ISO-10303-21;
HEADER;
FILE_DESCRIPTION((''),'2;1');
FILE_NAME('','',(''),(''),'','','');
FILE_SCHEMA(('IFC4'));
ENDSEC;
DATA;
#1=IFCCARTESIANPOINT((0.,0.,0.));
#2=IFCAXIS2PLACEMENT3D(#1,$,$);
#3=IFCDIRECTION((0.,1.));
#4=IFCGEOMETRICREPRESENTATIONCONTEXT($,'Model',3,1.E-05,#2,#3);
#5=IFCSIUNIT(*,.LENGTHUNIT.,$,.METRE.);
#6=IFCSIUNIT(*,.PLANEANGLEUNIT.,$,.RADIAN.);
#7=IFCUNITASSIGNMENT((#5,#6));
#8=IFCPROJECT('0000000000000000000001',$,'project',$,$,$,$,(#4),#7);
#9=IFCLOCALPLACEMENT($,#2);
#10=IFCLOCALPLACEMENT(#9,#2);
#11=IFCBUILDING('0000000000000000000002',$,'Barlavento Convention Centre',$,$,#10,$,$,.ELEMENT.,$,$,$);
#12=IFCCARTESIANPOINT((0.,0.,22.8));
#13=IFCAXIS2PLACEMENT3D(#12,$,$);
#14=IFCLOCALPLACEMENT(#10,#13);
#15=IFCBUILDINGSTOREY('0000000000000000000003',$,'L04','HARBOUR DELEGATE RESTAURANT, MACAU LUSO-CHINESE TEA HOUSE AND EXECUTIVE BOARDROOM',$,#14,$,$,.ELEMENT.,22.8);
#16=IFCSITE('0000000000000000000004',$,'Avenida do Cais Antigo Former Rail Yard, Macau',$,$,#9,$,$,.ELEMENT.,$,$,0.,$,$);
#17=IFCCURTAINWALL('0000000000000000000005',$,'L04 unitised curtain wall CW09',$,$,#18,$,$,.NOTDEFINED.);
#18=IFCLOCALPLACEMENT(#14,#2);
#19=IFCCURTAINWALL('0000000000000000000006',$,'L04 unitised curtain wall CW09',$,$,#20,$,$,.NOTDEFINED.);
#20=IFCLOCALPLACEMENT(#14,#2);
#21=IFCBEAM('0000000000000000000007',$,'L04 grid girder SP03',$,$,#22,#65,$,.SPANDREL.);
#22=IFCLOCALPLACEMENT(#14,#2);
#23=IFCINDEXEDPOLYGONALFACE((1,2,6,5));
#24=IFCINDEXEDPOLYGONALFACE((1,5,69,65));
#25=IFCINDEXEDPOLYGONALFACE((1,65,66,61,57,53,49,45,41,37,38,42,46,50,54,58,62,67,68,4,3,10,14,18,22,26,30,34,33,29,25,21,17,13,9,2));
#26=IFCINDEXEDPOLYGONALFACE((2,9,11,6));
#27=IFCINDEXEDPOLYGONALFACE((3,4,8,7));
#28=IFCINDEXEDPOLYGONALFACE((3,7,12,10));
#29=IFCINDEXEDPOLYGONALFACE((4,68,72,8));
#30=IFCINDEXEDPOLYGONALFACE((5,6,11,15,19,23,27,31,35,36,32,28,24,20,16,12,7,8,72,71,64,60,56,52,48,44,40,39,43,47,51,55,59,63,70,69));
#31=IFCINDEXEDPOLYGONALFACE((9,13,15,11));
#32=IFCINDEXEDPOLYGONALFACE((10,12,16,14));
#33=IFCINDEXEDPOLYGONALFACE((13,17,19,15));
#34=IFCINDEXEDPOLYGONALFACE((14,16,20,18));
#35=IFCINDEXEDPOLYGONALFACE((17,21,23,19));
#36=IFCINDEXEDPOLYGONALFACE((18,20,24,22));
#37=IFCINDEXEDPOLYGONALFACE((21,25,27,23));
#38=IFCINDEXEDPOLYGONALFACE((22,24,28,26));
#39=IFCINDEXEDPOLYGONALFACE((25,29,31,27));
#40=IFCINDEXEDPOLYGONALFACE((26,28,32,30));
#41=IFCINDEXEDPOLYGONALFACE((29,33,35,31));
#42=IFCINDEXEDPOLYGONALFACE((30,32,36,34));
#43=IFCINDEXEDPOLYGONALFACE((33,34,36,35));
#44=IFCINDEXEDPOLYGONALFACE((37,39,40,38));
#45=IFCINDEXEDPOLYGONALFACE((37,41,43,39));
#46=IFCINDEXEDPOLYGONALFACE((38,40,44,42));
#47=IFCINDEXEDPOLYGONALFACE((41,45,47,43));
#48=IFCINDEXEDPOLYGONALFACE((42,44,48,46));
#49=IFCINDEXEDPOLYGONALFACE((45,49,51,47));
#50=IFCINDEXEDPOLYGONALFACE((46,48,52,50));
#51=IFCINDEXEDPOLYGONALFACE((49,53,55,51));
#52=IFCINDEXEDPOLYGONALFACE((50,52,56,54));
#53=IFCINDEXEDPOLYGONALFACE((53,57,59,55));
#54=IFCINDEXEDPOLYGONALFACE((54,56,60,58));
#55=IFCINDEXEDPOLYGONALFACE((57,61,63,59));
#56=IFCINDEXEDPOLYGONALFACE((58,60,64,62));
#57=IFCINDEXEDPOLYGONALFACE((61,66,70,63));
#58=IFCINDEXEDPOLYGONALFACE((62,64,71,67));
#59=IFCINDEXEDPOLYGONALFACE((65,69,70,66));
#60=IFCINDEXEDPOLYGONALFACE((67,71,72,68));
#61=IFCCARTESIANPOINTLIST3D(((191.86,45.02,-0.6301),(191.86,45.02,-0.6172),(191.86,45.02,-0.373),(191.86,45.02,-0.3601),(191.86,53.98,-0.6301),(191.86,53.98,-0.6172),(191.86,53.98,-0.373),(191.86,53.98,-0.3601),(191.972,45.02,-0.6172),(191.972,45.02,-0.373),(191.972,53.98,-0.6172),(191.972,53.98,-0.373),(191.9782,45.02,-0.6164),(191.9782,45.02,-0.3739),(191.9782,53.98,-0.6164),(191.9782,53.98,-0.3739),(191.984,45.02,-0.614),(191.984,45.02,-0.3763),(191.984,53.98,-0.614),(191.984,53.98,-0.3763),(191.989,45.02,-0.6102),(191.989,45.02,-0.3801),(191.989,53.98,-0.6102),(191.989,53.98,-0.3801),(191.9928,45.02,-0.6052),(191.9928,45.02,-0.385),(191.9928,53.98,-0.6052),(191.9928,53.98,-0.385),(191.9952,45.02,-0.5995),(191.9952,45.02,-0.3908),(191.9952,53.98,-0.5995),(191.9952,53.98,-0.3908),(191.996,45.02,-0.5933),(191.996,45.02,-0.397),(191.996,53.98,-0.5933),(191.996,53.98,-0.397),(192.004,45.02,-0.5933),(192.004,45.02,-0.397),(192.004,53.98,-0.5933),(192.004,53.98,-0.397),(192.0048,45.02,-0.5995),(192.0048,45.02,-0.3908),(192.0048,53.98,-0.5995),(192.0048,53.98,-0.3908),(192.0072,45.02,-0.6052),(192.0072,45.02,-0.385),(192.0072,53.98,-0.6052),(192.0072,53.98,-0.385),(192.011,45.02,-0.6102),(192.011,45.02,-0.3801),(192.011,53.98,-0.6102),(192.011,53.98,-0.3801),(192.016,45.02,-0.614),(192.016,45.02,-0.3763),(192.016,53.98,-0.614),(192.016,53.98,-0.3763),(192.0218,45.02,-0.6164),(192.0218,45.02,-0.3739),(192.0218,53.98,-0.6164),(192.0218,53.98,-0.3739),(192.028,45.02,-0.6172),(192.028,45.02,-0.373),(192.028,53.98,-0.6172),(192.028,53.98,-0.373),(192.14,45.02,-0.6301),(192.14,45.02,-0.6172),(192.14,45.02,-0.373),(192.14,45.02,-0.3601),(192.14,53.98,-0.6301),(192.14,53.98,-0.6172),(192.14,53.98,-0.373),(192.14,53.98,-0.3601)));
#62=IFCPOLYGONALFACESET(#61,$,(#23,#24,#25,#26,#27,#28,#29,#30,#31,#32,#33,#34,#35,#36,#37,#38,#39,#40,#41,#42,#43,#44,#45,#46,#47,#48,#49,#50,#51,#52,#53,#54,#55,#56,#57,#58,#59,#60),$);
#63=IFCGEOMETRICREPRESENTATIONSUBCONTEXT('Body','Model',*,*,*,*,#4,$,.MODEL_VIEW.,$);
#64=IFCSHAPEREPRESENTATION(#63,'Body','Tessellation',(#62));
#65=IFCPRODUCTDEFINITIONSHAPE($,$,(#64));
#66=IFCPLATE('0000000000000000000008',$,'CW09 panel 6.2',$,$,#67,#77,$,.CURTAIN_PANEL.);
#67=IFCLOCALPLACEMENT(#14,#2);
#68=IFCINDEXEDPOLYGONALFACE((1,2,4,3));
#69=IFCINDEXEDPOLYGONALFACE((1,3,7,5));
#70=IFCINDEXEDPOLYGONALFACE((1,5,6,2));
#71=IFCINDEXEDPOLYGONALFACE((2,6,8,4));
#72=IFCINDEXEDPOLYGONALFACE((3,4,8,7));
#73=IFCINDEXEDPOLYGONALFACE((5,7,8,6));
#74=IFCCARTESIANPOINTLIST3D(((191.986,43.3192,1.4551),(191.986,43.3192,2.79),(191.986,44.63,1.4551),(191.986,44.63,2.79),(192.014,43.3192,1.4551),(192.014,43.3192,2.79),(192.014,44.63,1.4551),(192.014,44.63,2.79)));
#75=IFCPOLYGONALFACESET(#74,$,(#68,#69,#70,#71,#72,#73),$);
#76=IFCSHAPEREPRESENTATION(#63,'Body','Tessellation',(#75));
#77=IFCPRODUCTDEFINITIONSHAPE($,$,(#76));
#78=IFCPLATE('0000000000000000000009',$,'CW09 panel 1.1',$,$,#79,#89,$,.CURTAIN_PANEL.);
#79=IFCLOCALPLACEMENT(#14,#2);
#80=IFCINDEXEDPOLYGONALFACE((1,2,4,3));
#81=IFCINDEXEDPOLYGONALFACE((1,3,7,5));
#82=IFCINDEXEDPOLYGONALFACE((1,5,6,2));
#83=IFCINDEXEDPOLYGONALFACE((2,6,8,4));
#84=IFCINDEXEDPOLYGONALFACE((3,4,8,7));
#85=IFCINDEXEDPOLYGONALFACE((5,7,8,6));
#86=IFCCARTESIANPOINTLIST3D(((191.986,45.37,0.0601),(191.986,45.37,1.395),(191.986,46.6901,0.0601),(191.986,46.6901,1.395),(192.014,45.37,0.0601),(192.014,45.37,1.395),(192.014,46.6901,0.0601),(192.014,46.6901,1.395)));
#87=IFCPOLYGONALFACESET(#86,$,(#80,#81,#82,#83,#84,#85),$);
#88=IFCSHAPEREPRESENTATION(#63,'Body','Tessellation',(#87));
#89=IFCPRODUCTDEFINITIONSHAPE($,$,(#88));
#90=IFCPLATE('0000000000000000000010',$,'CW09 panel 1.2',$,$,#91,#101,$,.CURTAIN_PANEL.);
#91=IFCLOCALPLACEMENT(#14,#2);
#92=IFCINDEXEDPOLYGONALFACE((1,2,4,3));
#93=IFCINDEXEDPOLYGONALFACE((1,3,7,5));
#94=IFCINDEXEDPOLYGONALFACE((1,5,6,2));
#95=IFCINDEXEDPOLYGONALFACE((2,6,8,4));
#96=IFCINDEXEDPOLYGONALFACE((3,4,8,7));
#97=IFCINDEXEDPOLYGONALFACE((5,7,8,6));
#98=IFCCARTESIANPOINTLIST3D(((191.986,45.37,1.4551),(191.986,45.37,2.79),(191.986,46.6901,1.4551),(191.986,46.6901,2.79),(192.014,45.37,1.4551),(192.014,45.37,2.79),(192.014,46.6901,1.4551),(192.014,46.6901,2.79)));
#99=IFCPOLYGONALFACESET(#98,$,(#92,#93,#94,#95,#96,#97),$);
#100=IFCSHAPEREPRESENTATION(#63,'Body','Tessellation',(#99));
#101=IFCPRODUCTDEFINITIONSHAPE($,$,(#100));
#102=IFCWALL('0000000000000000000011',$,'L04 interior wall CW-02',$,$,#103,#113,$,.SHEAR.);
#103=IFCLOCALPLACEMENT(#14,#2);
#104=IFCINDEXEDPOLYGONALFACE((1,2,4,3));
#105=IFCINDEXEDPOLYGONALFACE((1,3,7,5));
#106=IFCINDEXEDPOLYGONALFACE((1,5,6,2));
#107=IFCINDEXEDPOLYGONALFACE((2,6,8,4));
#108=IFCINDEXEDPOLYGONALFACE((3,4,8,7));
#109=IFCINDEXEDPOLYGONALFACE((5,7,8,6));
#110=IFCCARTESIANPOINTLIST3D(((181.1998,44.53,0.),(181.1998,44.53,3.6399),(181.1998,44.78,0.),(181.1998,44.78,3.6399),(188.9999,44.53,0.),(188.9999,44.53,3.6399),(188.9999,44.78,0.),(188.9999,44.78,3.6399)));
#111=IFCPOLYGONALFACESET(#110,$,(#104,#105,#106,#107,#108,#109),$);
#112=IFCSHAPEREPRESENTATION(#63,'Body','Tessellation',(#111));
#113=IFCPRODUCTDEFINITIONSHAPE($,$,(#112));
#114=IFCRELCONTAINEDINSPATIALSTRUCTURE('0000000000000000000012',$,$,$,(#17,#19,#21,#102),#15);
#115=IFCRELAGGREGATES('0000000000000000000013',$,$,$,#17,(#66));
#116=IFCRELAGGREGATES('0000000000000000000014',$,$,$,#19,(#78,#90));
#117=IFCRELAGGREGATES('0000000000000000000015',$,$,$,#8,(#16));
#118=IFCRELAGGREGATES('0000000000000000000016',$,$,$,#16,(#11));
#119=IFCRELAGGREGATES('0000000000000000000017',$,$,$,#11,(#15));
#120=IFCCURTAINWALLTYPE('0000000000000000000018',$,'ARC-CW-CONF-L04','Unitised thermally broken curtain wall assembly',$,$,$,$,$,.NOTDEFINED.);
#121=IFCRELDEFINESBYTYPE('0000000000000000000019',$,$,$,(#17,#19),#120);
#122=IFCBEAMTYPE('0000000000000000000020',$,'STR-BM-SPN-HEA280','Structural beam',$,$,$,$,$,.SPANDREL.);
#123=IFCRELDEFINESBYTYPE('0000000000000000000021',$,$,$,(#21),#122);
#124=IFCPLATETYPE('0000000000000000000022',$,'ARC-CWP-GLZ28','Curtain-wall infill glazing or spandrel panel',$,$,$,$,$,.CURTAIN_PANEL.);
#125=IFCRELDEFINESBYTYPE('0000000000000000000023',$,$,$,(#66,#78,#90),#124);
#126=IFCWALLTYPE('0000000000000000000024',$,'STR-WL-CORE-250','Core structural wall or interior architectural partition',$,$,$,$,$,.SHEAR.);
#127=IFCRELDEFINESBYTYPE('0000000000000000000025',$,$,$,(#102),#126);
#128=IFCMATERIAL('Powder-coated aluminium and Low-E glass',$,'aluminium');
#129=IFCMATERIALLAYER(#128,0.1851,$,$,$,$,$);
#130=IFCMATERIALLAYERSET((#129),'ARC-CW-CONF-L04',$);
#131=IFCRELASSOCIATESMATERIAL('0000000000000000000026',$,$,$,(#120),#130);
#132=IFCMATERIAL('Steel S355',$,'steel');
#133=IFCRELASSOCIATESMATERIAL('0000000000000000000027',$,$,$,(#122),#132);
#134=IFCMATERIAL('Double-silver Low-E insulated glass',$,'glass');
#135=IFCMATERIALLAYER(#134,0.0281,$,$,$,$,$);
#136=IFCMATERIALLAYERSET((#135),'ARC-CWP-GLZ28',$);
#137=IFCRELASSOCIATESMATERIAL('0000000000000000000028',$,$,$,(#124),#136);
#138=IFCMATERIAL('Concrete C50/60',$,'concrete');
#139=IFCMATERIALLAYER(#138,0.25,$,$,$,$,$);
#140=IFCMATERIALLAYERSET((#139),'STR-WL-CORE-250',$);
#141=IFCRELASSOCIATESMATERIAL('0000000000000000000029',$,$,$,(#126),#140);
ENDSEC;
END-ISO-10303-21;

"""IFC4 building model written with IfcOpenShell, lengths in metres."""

from ifc_helpers import new_model, si_unit, direction, frame, frame_2d, origin, origin_2d, place, context, subcontext, project, spatial, rectangle, i_section, extrude, material, layer, layer_set, material_profile, profile_set, type_object, element, aggregate, save


model = new_model("IFC4")

# Units and contexts
model_context = context("Model", 3, precision=1e-05, world=origin(), true_north=direction((0.0, 1.0)))
body_context = subcontext(model_context, "Body", "Model", "MODEL_VIEW")
ifc_project = project(units=[si_unit("LENGTHUNIT", "METRE"), si_unit("PLANEANGLEUNIT", "RADIAN")], contexts=[model_context])

# Site, building, storey
site_placement = place(None, origin())
site = spatial("IfcSite", under=ifc_project, at=site_placement, Name="Avenida do Cais Antigo Former Rail Yard, Macau", CompositionType="ELEMENT", RefElevation=0.0)
building_placement = place(site_placement, origin())
building = spatial("IfcBuilding", under=site, at=building_placement, Name="Barlavento Convention Centre", CompositionType="ELEMENT")
storey_placement = place(building_placement, frame((0.0, 0.0, 22.8)))
storey = spatial("IfcBuildingStorey", under=building, at=storey_placement, Name="L04", Description="HARBOUR DELEGATE RESTAURANT, MACAU LUSO-CHINESE TEA HOUSE AND EXECUTIVE BOARDROOM", CompositionType="ELEMENT", Elevation=22.8)

# Shared definitions
ifc_material_1 = material(Name="Steel S355", Category="steel")

# Curtain wall
ifc_material_2 = material(Name="Powder-coated aluminium and Low-E glass", Category="aluminium")
ifc_layer_1 = layer(ifc_material_2, 0.1851)
ifc_layer_set_1 = layer_set([ifc_layer_1], Name="ARC-CW-CONF-L04")
curtain_wall_type = type_object("IfcCurtainWallType", Name="ARC-CW-CONF-L04", Description="Unitised thermally broken curtain wall assembly", PredefinedType="NOTDEFINED", material=ifc_layer_set_1)
curtain_wall_1_placement = place(storey_placement, origin())
curtain_wall_1 = element("IfcCurtainWall", 1, at=curtain_wall_1_placement, inside=storey, type_object=curtain_wall_type, Name="L04 unitised curtain wall CW09", PredefinedType="NOTDEFINED")

# Curtain wall
curtain_wall_2_placement = place(storey_placement, origin())
curtain_wall_2 = element("IfcCurtainWall", 2, at=curtain_wall_2_placement, inside=storey, type_object=curtain_wall_type, Name="L04 unitised curtain wall CW09", PredefinedType="NOTDEFINED")

# Beam
ifc_material_profile_1 = material_profile(ifc_material_1, i_section(OverallWidth=0.28, OverallDepth=0.27, WebThickness=0.0081, FlangeThickness=0.0129, FilletRadius=0.0239, at=origin_2d()), Name="HEA 280")
ifc_profile_set_1 = profile_set([ifc_material_profile_1], Name="Steel S355")
beam_type_1 = type_object("IfcBeamType", Name="STR-BM-SPN-HEA280", Description="Structural beam", PredefinedType="SPANDREL", material=ifc_profile_set_1)
beam_1_placement = place(storey_placement, frame((192.0, 45.02, -0.4951), z_axis=(0.0, 1.0, 0.0), x_axis=(-1.0, 0.0, 0.0)))
element("IfcBeam", 3, at=beam_1_placement, inside=storey, type_object=beam_type_1, Name="L04 grid girder SP03", PredefinedType="SPANDREL", context=body_context, shape_type="SweptSolid", body=[
    extrude(i_section(OverallWidth=0.28, OverallDepth=0.27, WebThickness=0.0081, FlangeThickness=0.0129, FilletRadius=0.0239, at=origin_2d()), origin(), (0.0, 0.0, 1.0), 8.96),
])

# Plates
ifc_material_3 = material(Name="Double-silver Low-E insulated glass", Category="glass")
ifc_layer_2 = layer(ifc_material_3, 0.0281)
ifc_layer_set_2 = layer_set([ifc_layer_2], Name="ARC-CWP-GLZ28")
plate_type = type_object("IfcPlateType", Name="ARC-CWP-GLZ28", Description="Curtain-wall infill glazing or spandrel panel", PredefinedType="CURTAIN_PANEL", material=ifc_layer_set_2)
plate_1_placement = place(storey_placement, frame((192.0, 43.9746, 1.4551), z_axis=(0.0, 0.0, 1.0), x_axis=(0.0, 1.0, 0.0)))
plate_1 = element("IfcPlate", 4, at=plate_1_placement, type_object=plate_type, Name="CW09 panel 6.2", PredefinedType="CURTAIN_PANEL", context=body_context, shape_type="SweptSolid", body=[
    extrude(rectangle(XDim=1.3108, YDim=0.0281, at=origin_2d()), origin(), (0.0, 0.0, 1.0), 1.335),
])
aggregate(curtain_wall_1, [plate_1])
plate_2_placement = place(storey_placement, frame((192.0, 46.03, 0.0601), z_axis=(0.0, 0.0, 1.0), x_axis=(0.0, 1.0, 0.0)))
plate_2 = element("IfcPlate", 5, at=plate_2_placement, type_object=plate_type, Name="CW09 panel 1.1", PredefinedType="CURTAIN_PANEL", context=body_context, shape_type="SweptSolid", body=[
    extrude(rectangle(XDim=1.3201, YDim=0.0281, at=origin_2d()), origin(), (0.0, 0.0, 1.0), 1.335),
])
plate_3_placement = place(storey_placement, frame((192.0, 46.03, 1.4551), z_axis=(0.0, 0.0, 1.0), x_axis=(0.0, 1.0, 0.0)))
plate_3 = element("IfcPlate", 6, at=plate_3_placement, type_object=plate_type, Name="CW09 panel 1.2", PredefinedType="CURTAIN_PANEL", context=body_context, shape_type="SweptSolid", body=[
    extrude(rectangle(XDim=1.3201, YDim=0.0281, at=origin_2d()), origin(), (0.0, 0.0, 1.0), 1.335),
])
aggregate(curtain_wall_2, [plate_2, plate_3])

# Wall
ifc_material_4 = material(Name="Concrete C50/60", Category="concrete")
ifc_layer_3 = layer(ifc_material_4, 0.25)
ifc_layer_set_3 = layer_set([ifc_layer_3], Name="STR-WL-CORE-250")
wall_type = type_object("IfcWallType", Name="STR-WL-CORE-250", Description="Core structural wall or interior architectural partition", PredefinedType="SHEAR", material=ifc_layer_set_3)
wall_placement = place(storey_placement, frame((181.2, 44.655, 0.0), z_axis=(0.0, 0.0, 1.0), x_axis=(1.0, 0.0, 0.0)))
element("IfcWall", 7, at=wall_placement, inside=storey, type_object=wall_type, Name="L04 interior wall CW-02", PredefinedType="SHEAR", context=body_context, shape_type="SweptSolid", body=[
    extrude(rectangle(XDim=7.8, YDim=0.25, at=frame_2d((3.8999, 0.0))), origin(), (0.0, 0.0, 1.0), 3.6399),
])

save(model, "model.ifc")
